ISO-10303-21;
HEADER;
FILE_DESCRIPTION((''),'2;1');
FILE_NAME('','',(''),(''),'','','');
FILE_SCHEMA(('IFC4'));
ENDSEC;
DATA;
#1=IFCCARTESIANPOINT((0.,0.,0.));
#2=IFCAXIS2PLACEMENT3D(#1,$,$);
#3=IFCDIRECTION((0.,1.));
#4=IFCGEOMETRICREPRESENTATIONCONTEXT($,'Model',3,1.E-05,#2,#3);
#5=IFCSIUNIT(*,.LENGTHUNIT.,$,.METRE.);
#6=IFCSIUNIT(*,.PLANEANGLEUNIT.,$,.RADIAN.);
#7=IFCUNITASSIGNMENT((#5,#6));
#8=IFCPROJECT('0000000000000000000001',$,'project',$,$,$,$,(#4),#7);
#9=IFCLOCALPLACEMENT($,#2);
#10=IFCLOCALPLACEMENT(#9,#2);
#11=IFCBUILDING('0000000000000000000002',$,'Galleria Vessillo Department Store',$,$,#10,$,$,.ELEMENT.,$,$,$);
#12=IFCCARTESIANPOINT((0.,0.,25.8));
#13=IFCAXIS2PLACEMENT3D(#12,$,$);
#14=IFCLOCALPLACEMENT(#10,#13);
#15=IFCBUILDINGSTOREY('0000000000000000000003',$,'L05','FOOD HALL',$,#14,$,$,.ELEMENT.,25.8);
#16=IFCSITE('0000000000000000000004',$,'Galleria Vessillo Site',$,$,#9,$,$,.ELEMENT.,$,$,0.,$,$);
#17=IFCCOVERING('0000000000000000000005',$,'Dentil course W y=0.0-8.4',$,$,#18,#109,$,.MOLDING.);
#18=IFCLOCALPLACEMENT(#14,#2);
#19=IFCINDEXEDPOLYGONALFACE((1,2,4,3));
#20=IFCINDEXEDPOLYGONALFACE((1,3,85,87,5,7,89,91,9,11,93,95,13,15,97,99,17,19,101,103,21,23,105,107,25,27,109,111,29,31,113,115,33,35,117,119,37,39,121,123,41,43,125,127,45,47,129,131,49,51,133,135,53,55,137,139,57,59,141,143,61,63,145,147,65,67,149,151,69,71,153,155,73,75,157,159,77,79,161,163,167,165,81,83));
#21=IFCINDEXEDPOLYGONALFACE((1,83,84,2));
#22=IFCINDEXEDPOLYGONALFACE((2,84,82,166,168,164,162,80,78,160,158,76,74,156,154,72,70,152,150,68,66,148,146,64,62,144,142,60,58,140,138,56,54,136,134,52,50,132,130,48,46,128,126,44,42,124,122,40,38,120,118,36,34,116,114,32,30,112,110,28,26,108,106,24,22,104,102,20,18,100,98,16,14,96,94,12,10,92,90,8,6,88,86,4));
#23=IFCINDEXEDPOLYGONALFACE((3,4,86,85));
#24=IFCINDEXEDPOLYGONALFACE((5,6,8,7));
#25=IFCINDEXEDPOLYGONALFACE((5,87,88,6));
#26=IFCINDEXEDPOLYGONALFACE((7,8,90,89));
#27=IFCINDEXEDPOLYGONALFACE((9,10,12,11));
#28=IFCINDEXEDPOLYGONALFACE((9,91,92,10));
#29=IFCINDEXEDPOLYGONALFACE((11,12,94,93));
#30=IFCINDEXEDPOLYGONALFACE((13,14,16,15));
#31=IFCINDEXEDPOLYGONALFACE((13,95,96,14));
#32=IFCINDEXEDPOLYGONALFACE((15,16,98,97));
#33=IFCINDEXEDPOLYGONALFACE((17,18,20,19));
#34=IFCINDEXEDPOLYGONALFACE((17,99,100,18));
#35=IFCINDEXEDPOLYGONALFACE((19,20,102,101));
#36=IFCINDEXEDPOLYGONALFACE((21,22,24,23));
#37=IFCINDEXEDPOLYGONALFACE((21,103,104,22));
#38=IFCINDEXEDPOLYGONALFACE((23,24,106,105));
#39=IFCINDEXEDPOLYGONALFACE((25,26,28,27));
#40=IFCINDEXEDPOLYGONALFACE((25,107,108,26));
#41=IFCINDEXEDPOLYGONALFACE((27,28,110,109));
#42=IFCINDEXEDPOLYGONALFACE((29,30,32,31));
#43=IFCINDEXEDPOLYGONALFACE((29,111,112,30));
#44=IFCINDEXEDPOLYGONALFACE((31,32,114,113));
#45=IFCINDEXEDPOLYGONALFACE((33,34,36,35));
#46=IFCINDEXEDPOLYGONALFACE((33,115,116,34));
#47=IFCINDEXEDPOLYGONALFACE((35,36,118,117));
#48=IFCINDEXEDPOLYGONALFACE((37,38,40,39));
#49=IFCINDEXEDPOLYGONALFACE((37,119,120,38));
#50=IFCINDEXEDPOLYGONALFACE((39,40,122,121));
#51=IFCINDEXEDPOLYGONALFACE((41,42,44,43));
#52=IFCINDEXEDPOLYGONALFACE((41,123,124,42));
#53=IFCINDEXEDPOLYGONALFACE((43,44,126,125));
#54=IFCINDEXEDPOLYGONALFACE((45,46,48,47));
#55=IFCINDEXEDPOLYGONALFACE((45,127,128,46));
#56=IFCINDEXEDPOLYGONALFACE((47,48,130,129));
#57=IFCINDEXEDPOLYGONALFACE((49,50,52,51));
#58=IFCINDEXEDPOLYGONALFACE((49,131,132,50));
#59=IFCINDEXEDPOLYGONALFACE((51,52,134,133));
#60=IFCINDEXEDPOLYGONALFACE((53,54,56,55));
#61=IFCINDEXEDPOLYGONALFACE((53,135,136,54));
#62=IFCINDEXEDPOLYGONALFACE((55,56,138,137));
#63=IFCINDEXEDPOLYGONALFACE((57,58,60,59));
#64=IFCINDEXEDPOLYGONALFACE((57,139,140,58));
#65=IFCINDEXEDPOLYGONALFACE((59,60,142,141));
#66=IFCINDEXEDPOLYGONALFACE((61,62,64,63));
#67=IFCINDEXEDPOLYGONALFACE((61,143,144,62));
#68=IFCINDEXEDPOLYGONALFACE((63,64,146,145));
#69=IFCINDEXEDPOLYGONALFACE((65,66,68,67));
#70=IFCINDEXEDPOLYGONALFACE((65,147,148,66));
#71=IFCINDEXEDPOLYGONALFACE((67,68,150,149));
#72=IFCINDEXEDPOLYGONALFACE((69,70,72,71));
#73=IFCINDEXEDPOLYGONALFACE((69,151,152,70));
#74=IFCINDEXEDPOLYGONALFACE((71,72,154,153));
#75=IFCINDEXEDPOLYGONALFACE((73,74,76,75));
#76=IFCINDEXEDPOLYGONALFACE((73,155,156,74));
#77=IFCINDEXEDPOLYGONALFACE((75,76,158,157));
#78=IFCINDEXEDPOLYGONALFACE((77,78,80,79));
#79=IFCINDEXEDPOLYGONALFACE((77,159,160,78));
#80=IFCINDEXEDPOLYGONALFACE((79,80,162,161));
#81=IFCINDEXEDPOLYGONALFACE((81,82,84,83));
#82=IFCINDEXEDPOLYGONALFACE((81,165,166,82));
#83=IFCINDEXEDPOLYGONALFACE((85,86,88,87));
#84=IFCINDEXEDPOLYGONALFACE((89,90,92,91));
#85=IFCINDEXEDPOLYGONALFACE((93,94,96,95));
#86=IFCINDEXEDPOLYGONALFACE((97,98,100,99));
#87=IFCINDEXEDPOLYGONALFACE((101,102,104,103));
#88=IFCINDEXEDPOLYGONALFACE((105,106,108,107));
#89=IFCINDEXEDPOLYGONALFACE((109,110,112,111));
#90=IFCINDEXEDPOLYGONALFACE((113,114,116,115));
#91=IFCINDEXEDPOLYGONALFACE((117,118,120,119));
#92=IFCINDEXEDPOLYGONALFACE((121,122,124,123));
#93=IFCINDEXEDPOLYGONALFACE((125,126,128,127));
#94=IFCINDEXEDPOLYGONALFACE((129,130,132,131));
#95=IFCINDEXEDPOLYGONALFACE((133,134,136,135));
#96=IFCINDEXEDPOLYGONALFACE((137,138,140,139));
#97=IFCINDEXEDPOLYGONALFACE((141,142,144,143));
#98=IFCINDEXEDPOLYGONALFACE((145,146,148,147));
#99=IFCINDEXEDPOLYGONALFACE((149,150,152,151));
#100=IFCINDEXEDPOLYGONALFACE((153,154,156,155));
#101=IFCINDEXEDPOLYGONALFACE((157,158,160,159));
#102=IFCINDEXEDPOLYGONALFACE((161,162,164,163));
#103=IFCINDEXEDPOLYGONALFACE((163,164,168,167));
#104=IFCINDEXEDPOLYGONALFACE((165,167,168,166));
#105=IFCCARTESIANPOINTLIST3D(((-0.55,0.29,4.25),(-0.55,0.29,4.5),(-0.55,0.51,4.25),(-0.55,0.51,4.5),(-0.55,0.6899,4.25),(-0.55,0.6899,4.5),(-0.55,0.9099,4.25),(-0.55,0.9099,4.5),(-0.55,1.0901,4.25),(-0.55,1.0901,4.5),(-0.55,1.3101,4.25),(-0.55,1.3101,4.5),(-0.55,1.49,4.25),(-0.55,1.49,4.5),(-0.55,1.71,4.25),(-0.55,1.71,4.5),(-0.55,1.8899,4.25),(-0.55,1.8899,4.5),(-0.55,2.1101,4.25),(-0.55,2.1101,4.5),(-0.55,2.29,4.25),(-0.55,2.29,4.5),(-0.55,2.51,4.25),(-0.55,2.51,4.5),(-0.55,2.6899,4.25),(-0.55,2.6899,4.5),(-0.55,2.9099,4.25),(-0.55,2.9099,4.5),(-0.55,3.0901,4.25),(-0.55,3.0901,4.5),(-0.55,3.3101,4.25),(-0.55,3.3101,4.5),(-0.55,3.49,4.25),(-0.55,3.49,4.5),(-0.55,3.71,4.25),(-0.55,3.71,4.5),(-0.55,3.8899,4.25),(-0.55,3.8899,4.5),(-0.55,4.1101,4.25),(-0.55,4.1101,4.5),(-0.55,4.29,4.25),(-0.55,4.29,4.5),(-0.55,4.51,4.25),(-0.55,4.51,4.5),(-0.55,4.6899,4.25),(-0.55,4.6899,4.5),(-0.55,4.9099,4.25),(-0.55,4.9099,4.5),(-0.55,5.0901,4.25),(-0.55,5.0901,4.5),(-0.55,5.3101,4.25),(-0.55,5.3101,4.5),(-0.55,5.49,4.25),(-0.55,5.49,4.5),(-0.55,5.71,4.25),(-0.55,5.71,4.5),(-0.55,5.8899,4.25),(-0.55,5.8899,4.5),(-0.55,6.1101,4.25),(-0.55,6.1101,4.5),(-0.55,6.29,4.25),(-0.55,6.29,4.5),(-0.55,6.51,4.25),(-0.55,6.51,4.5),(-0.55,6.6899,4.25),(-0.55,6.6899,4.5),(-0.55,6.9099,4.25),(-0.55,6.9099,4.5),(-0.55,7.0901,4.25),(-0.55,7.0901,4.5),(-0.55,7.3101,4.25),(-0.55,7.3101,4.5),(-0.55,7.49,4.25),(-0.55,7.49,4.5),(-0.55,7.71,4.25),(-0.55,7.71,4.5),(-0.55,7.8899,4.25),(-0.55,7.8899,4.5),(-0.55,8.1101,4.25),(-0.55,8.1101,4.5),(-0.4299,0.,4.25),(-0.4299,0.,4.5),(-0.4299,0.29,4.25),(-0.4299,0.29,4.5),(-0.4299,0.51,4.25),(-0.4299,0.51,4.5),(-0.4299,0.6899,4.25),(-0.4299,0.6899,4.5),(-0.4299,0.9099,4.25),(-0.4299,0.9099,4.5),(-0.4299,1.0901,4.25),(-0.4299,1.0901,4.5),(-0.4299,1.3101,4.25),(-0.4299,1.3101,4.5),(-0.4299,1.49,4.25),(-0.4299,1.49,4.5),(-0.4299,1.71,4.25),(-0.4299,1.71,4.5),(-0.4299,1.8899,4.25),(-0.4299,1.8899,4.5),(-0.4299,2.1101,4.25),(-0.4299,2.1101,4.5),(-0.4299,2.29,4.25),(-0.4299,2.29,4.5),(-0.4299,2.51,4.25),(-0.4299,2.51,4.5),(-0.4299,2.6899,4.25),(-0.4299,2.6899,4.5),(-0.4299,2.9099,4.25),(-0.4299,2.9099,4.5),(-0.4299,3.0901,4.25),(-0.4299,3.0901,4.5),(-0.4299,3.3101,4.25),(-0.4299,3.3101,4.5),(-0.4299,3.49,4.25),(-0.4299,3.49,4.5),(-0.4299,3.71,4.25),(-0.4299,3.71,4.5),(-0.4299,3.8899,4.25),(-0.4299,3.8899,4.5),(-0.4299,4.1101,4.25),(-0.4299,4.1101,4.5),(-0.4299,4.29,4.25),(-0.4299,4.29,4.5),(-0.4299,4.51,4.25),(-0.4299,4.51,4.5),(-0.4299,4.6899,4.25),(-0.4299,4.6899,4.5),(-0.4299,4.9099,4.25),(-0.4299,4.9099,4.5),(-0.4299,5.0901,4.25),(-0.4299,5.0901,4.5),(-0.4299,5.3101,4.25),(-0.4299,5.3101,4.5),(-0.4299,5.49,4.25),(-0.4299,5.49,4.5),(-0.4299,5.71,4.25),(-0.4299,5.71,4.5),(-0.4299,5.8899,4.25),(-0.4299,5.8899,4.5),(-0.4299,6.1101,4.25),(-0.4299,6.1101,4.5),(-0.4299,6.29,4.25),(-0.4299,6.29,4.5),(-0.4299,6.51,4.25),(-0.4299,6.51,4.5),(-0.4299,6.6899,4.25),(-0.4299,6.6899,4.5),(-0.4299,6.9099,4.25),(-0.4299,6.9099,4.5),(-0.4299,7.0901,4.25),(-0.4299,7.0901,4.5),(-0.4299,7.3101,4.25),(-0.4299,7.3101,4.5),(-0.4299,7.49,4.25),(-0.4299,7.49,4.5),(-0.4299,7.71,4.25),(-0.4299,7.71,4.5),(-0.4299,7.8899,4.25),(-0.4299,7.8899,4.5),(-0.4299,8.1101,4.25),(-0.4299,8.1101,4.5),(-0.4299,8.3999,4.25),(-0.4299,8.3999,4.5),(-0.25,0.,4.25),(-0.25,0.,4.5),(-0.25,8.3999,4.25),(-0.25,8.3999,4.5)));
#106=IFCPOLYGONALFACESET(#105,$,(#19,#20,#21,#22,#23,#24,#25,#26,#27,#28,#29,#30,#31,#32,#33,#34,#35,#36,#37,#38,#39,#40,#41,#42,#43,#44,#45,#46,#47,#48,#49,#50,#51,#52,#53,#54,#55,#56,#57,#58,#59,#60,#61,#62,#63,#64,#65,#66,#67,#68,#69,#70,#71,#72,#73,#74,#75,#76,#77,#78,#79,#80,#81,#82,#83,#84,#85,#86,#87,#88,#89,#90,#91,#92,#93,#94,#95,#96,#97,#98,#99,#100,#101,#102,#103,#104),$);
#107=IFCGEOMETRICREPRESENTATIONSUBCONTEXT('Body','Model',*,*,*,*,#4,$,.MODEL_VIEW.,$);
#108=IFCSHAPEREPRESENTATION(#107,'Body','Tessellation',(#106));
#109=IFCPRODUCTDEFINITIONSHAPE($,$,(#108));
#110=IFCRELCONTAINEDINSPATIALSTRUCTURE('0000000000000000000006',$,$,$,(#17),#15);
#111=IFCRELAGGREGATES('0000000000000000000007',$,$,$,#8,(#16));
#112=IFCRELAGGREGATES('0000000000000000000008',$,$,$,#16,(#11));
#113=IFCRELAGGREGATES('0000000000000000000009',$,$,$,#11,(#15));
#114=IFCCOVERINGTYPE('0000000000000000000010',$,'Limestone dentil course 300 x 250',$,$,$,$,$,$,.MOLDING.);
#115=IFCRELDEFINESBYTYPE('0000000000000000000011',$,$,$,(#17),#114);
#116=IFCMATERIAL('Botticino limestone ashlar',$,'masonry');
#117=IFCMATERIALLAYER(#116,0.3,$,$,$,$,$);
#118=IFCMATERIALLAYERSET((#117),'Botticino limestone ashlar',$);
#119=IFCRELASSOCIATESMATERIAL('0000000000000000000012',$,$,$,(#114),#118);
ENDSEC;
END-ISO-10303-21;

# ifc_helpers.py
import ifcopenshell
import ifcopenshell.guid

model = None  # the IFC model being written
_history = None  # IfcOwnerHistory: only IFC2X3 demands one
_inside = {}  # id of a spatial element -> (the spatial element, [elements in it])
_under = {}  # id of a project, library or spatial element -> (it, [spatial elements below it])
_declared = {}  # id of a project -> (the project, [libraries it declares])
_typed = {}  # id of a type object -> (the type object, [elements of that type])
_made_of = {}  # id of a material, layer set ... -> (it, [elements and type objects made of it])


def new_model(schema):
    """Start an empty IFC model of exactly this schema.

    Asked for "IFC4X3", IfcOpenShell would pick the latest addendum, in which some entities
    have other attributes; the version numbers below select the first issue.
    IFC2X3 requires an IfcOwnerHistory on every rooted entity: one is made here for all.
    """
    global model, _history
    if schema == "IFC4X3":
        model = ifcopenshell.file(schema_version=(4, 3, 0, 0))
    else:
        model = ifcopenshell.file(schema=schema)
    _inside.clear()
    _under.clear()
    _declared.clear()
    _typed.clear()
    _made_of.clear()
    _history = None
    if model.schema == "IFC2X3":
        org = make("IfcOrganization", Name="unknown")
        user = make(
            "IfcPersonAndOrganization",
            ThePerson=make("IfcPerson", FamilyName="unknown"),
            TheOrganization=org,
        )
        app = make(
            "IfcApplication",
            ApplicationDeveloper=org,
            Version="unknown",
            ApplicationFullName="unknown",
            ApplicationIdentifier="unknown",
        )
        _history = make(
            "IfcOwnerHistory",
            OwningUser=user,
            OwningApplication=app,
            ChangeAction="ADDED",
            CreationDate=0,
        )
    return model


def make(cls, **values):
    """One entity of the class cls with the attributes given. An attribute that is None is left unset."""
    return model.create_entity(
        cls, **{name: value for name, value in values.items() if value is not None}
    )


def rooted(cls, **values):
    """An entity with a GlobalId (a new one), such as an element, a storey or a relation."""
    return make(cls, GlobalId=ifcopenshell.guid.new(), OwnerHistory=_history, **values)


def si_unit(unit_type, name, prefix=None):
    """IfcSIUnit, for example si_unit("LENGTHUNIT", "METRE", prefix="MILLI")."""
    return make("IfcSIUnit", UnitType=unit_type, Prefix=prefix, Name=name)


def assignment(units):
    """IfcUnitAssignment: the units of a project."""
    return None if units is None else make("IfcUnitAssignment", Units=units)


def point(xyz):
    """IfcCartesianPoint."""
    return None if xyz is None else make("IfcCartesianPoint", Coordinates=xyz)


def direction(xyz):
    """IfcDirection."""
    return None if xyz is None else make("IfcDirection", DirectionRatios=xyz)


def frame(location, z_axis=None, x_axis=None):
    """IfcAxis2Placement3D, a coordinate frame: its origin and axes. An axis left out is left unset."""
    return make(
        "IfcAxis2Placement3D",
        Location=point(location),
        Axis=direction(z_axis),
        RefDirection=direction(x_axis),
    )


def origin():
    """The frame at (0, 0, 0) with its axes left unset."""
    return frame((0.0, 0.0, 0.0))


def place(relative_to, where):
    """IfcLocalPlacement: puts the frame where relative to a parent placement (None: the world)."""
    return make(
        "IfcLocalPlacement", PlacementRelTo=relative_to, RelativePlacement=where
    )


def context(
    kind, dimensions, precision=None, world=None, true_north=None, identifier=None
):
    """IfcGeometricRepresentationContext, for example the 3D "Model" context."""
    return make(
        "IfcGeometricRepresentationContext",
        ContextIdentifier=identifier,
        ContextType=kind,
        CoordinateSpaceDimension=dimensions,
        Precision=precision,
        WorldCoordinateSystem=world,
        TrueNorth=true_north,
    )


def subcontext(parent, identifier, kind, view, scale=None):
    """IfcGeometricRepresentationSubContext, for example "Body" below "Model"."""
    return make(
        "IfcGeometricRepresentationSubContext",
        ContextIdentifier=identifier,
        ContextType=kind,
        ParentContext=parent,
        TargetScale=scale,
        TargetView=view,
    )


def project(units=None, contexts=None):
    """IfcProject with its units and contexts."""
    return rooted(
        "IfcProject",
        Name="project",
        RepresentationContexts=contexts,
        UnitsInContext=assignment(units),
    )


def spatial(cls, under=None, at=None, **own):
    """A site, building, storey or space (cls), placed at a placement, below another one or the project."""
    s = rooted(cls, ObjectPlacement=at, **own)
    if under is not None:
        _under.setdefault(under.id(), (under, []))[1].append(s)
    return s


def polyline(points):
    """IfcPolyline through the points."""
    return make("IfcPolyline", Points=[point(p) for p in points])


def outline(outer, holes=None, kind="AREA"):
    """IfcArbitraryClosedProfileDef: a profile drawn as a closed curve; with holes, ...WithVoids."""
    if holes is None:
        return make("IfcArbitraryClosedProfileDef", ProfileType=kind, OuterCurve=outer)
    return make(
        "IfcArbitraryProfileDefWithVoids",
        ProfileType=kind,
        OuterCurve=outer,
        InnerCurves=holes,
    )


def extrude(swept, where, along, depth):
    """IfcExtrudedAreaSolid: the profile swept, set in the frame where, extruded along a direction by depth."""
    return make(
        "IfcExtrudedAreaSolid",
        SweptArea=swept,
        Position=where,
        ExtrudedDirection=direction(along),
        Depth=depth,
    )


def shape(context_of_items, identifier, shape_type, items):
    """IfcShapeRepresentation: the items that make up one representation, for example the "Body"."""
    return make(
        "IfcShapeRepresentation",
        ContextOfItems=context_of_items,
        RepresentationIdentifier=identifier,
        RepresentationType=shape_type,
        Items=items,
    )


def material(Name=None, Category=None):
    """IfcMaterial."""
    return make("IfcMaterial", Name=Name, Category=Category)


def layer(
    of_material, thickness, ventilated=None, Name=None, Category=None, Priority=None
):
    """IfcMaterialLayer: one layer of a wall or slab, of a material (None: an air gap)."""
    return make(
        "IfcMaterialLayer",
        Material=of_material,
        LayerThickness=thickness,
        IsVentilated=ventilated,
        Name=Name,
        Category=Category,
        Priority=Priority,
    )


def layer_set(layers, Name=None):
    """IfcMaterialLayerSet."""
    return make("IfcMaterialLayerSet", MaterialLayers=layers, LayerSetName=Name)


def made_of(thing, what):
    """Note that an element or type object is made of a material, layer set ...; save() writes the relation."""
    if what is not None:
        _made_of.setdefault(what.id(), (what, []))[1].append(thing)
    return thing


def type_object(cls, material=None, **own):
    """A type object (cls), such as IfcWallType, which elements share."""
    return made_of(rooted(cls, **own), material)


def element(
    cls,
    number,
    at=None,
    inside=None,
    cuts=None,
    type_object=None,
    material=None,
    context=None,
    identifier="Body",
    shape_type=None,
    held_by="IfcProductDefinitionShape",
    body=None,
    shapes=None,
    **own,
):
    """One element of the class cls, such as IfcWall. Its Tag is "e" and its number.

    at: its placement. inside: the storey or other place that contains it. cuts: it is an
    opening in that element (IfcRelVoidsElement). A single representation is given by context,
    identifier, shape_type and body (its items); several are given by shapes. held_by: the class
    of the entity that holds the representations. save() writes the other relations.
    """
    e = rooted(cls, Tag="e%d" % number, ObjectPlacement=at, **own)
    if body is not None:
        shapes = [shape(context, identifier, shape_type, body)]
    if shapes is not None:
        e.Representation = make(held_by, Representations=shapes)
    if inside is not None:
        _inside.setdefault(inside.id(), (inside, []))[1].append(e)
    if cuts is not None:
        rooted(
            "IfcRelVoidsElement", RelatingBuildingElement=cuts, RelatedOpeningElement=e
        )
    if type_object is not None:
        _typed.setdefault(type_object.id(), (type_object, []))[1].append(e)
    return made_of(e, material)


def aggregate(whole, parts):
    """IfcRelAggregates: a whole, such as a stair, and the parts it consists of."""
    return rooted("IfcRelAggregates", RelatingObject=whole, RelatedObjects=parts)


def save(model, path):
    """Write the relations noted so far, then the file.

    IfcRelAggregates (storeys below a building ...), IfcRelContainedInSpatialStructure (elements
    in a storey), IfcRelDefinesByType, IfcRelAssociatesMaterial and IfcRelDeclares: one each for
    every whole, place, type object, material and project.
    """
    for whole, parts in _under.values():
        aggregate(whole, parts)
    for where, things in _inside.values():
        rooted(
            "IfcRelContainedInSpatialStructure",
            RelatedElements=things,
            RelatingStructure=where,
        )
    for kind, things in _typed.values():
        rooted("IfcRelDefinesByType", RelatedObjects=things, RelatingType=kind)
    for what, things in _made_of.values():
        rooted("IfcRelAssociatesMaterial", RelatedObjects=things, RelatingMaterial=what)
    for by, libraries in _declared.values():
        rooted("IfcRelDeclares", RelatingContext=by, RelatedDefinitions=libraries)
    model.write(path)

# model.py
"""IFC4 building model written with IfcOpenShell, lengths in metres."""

from ifc_helpers import new_model, si_unit, direction, frame, origin, place, context, subcontext, project, spatial, polyline, outline, extrude, material, layer, layer_set, type_object, element, save


model = new_model("IFC4")

# Units and contexts
model_context = context("Model", 3, precision=1e-05, world=origin(), true_north=direction((0.0, 1.0)))
body_context = subcontext(model_context, "Body", "Model", "MODEL_VIEW")
ifc_project = project(units=[si_unit("LENGTHUNIT", "METRE"), si_unit("PLANEANGLEUNIT", "RADIAN")], contexts=[model_context])

# Site, building, storey
site_placement = place(None, origin())
site = spatial("IfcSite", under=ifc_project, at=site_placement, Name="Galleria Vessillo Site", CompositionType="ELEMENT", RefElevation=0.0)
building_placement = place(site_placement, origin())
building = spatial("IfcBuilding", under=site, at=building_placement, Name="Galleria Vessillo Department Store", CompositionType="ELEMENT")
storey_placement = place(building_placement, frame((0.0, 0.0, 25.8)))
storey = spatial("IfcBuildingStorey", under=building, at=storey_placement, Name="L05", Description="FOOD HALL", CompositionType="ELEMENT", Elevation=25.8)

# Covering
ifc_material_1 = material(Name="Botticino limestone ashlar", Category="masonry")
ifc_layer_1 = layer(ifc_material_1, 0.3)
ifc_layer_set_1 = layer_set([ifc_layer_1], Name="Botticino limestone ashlar")
covering_type_1 = type_object("IfcCoveringType", Name="Limestone dentil course 300 x 250", PredefinedType="MOLDING", material=ifc_layer_set_1)
covering_1_placement = place(storey_placement, frame((0.0, 0.0, 4.25)))
element("IfcCovering", 1, at=covering_1_placement, inside=storey, type_object=covering_type_1, Name="Dentil course W y=0.0-8.4", PredefinedType="MOLDING", context=body_context, shape_type="SweptSolid", body=[
    extrude(outline(polyline([(-0.25, 0.0), (-0.4299, 0.0), (-0.4299, 0.29), (-0.55, 0.29), (-0.55, 0.51), (-0.4299, 0.51), (-0.4299, 0.6899), (-0.55, 0.6899), (-0.55, 0.9099), (-0.4299, 0.9099), (-0.4299, 1.0901), (-0.55, 1.0901), (-0.55, 1.3101), (-0.4299, 1.3101), (-0.4299, 1.49), (-0.55, 1.49), (-0.55, 1.71), (-0.4299, 1.71), (-0.4299, 1.8899), (-0.55, 1.8899), (-0.55, 2.1101), (-0.4299, 2.1101), (-0.4299, 2.29), (-0.55, 2.29), (-0.55, 2.51), (-0.4299, 2.51), (-0.4299, 2.6899), (-0.55, 2.6899), (-0.55, 2.9099), (-0.4299, 2.9099), (-0.4299, 3.0901), (-0.55, 3.0901), (-0.55, 3.3101), (-0.4299, 3.3101), (-0.4299, 3.49), (-0.55, 3.49), (-0.55, 3.71), (-0.4299, 3.71), (-0.4299, 3.8899), (-0.55, 3.8899), (-0.55, 4.1101), (-0.4299, 4.1101), (-0.4299, 4.29), (-0.55, 4.29), (-0.55, 4.51), (-0.4299, 4.51), (-0.4299, 4.6899), (-0.55, 4.6899), (-0.55, 4.9099), (-0.4299, 4.9099), (-0.4299, 5.0901), (-0.55, 5.0901), (-0.55, 5.3101), (-0.4299, 5.3101), (-0.4299, 5.49), (-0.55, 5.49), (-0.55, 5.71), (-0.4299, 5.71), (-0.4299, 5.8899), (-0.55, 5.8899), (-0.55, 6.1101), (-0.4299, 6.1101), (-0.4299, 6.29), (-0.55, 6.29), (-0.55, 6.51), (-0.4299, 6.51), (-0.4299, 6.6899), (-0.55, 6.6899), (-0.55, 6.9099), (-0.4299, 6.9099), (-0.4299, 7.0901), (-0.55, 7.0901), (-0.55, 7.3101), (-0.4299, 7.3101), (-0.4299, 7.49), (-0.55, 7.49), (-0.55, 7.71), (-0.4299, 7.71), (-0.4299, 7.8899), (-0.55, 7.8899), (-0.55, 8.1101), (-0.4299, 8.1101), (-0.4299, 8.3999), (-0.25, 8.3999), (-0.25, 0.0)])), origin(), (0.0, 0.0, 1.0), 0.25),
])

save(model, "model.ifc")
